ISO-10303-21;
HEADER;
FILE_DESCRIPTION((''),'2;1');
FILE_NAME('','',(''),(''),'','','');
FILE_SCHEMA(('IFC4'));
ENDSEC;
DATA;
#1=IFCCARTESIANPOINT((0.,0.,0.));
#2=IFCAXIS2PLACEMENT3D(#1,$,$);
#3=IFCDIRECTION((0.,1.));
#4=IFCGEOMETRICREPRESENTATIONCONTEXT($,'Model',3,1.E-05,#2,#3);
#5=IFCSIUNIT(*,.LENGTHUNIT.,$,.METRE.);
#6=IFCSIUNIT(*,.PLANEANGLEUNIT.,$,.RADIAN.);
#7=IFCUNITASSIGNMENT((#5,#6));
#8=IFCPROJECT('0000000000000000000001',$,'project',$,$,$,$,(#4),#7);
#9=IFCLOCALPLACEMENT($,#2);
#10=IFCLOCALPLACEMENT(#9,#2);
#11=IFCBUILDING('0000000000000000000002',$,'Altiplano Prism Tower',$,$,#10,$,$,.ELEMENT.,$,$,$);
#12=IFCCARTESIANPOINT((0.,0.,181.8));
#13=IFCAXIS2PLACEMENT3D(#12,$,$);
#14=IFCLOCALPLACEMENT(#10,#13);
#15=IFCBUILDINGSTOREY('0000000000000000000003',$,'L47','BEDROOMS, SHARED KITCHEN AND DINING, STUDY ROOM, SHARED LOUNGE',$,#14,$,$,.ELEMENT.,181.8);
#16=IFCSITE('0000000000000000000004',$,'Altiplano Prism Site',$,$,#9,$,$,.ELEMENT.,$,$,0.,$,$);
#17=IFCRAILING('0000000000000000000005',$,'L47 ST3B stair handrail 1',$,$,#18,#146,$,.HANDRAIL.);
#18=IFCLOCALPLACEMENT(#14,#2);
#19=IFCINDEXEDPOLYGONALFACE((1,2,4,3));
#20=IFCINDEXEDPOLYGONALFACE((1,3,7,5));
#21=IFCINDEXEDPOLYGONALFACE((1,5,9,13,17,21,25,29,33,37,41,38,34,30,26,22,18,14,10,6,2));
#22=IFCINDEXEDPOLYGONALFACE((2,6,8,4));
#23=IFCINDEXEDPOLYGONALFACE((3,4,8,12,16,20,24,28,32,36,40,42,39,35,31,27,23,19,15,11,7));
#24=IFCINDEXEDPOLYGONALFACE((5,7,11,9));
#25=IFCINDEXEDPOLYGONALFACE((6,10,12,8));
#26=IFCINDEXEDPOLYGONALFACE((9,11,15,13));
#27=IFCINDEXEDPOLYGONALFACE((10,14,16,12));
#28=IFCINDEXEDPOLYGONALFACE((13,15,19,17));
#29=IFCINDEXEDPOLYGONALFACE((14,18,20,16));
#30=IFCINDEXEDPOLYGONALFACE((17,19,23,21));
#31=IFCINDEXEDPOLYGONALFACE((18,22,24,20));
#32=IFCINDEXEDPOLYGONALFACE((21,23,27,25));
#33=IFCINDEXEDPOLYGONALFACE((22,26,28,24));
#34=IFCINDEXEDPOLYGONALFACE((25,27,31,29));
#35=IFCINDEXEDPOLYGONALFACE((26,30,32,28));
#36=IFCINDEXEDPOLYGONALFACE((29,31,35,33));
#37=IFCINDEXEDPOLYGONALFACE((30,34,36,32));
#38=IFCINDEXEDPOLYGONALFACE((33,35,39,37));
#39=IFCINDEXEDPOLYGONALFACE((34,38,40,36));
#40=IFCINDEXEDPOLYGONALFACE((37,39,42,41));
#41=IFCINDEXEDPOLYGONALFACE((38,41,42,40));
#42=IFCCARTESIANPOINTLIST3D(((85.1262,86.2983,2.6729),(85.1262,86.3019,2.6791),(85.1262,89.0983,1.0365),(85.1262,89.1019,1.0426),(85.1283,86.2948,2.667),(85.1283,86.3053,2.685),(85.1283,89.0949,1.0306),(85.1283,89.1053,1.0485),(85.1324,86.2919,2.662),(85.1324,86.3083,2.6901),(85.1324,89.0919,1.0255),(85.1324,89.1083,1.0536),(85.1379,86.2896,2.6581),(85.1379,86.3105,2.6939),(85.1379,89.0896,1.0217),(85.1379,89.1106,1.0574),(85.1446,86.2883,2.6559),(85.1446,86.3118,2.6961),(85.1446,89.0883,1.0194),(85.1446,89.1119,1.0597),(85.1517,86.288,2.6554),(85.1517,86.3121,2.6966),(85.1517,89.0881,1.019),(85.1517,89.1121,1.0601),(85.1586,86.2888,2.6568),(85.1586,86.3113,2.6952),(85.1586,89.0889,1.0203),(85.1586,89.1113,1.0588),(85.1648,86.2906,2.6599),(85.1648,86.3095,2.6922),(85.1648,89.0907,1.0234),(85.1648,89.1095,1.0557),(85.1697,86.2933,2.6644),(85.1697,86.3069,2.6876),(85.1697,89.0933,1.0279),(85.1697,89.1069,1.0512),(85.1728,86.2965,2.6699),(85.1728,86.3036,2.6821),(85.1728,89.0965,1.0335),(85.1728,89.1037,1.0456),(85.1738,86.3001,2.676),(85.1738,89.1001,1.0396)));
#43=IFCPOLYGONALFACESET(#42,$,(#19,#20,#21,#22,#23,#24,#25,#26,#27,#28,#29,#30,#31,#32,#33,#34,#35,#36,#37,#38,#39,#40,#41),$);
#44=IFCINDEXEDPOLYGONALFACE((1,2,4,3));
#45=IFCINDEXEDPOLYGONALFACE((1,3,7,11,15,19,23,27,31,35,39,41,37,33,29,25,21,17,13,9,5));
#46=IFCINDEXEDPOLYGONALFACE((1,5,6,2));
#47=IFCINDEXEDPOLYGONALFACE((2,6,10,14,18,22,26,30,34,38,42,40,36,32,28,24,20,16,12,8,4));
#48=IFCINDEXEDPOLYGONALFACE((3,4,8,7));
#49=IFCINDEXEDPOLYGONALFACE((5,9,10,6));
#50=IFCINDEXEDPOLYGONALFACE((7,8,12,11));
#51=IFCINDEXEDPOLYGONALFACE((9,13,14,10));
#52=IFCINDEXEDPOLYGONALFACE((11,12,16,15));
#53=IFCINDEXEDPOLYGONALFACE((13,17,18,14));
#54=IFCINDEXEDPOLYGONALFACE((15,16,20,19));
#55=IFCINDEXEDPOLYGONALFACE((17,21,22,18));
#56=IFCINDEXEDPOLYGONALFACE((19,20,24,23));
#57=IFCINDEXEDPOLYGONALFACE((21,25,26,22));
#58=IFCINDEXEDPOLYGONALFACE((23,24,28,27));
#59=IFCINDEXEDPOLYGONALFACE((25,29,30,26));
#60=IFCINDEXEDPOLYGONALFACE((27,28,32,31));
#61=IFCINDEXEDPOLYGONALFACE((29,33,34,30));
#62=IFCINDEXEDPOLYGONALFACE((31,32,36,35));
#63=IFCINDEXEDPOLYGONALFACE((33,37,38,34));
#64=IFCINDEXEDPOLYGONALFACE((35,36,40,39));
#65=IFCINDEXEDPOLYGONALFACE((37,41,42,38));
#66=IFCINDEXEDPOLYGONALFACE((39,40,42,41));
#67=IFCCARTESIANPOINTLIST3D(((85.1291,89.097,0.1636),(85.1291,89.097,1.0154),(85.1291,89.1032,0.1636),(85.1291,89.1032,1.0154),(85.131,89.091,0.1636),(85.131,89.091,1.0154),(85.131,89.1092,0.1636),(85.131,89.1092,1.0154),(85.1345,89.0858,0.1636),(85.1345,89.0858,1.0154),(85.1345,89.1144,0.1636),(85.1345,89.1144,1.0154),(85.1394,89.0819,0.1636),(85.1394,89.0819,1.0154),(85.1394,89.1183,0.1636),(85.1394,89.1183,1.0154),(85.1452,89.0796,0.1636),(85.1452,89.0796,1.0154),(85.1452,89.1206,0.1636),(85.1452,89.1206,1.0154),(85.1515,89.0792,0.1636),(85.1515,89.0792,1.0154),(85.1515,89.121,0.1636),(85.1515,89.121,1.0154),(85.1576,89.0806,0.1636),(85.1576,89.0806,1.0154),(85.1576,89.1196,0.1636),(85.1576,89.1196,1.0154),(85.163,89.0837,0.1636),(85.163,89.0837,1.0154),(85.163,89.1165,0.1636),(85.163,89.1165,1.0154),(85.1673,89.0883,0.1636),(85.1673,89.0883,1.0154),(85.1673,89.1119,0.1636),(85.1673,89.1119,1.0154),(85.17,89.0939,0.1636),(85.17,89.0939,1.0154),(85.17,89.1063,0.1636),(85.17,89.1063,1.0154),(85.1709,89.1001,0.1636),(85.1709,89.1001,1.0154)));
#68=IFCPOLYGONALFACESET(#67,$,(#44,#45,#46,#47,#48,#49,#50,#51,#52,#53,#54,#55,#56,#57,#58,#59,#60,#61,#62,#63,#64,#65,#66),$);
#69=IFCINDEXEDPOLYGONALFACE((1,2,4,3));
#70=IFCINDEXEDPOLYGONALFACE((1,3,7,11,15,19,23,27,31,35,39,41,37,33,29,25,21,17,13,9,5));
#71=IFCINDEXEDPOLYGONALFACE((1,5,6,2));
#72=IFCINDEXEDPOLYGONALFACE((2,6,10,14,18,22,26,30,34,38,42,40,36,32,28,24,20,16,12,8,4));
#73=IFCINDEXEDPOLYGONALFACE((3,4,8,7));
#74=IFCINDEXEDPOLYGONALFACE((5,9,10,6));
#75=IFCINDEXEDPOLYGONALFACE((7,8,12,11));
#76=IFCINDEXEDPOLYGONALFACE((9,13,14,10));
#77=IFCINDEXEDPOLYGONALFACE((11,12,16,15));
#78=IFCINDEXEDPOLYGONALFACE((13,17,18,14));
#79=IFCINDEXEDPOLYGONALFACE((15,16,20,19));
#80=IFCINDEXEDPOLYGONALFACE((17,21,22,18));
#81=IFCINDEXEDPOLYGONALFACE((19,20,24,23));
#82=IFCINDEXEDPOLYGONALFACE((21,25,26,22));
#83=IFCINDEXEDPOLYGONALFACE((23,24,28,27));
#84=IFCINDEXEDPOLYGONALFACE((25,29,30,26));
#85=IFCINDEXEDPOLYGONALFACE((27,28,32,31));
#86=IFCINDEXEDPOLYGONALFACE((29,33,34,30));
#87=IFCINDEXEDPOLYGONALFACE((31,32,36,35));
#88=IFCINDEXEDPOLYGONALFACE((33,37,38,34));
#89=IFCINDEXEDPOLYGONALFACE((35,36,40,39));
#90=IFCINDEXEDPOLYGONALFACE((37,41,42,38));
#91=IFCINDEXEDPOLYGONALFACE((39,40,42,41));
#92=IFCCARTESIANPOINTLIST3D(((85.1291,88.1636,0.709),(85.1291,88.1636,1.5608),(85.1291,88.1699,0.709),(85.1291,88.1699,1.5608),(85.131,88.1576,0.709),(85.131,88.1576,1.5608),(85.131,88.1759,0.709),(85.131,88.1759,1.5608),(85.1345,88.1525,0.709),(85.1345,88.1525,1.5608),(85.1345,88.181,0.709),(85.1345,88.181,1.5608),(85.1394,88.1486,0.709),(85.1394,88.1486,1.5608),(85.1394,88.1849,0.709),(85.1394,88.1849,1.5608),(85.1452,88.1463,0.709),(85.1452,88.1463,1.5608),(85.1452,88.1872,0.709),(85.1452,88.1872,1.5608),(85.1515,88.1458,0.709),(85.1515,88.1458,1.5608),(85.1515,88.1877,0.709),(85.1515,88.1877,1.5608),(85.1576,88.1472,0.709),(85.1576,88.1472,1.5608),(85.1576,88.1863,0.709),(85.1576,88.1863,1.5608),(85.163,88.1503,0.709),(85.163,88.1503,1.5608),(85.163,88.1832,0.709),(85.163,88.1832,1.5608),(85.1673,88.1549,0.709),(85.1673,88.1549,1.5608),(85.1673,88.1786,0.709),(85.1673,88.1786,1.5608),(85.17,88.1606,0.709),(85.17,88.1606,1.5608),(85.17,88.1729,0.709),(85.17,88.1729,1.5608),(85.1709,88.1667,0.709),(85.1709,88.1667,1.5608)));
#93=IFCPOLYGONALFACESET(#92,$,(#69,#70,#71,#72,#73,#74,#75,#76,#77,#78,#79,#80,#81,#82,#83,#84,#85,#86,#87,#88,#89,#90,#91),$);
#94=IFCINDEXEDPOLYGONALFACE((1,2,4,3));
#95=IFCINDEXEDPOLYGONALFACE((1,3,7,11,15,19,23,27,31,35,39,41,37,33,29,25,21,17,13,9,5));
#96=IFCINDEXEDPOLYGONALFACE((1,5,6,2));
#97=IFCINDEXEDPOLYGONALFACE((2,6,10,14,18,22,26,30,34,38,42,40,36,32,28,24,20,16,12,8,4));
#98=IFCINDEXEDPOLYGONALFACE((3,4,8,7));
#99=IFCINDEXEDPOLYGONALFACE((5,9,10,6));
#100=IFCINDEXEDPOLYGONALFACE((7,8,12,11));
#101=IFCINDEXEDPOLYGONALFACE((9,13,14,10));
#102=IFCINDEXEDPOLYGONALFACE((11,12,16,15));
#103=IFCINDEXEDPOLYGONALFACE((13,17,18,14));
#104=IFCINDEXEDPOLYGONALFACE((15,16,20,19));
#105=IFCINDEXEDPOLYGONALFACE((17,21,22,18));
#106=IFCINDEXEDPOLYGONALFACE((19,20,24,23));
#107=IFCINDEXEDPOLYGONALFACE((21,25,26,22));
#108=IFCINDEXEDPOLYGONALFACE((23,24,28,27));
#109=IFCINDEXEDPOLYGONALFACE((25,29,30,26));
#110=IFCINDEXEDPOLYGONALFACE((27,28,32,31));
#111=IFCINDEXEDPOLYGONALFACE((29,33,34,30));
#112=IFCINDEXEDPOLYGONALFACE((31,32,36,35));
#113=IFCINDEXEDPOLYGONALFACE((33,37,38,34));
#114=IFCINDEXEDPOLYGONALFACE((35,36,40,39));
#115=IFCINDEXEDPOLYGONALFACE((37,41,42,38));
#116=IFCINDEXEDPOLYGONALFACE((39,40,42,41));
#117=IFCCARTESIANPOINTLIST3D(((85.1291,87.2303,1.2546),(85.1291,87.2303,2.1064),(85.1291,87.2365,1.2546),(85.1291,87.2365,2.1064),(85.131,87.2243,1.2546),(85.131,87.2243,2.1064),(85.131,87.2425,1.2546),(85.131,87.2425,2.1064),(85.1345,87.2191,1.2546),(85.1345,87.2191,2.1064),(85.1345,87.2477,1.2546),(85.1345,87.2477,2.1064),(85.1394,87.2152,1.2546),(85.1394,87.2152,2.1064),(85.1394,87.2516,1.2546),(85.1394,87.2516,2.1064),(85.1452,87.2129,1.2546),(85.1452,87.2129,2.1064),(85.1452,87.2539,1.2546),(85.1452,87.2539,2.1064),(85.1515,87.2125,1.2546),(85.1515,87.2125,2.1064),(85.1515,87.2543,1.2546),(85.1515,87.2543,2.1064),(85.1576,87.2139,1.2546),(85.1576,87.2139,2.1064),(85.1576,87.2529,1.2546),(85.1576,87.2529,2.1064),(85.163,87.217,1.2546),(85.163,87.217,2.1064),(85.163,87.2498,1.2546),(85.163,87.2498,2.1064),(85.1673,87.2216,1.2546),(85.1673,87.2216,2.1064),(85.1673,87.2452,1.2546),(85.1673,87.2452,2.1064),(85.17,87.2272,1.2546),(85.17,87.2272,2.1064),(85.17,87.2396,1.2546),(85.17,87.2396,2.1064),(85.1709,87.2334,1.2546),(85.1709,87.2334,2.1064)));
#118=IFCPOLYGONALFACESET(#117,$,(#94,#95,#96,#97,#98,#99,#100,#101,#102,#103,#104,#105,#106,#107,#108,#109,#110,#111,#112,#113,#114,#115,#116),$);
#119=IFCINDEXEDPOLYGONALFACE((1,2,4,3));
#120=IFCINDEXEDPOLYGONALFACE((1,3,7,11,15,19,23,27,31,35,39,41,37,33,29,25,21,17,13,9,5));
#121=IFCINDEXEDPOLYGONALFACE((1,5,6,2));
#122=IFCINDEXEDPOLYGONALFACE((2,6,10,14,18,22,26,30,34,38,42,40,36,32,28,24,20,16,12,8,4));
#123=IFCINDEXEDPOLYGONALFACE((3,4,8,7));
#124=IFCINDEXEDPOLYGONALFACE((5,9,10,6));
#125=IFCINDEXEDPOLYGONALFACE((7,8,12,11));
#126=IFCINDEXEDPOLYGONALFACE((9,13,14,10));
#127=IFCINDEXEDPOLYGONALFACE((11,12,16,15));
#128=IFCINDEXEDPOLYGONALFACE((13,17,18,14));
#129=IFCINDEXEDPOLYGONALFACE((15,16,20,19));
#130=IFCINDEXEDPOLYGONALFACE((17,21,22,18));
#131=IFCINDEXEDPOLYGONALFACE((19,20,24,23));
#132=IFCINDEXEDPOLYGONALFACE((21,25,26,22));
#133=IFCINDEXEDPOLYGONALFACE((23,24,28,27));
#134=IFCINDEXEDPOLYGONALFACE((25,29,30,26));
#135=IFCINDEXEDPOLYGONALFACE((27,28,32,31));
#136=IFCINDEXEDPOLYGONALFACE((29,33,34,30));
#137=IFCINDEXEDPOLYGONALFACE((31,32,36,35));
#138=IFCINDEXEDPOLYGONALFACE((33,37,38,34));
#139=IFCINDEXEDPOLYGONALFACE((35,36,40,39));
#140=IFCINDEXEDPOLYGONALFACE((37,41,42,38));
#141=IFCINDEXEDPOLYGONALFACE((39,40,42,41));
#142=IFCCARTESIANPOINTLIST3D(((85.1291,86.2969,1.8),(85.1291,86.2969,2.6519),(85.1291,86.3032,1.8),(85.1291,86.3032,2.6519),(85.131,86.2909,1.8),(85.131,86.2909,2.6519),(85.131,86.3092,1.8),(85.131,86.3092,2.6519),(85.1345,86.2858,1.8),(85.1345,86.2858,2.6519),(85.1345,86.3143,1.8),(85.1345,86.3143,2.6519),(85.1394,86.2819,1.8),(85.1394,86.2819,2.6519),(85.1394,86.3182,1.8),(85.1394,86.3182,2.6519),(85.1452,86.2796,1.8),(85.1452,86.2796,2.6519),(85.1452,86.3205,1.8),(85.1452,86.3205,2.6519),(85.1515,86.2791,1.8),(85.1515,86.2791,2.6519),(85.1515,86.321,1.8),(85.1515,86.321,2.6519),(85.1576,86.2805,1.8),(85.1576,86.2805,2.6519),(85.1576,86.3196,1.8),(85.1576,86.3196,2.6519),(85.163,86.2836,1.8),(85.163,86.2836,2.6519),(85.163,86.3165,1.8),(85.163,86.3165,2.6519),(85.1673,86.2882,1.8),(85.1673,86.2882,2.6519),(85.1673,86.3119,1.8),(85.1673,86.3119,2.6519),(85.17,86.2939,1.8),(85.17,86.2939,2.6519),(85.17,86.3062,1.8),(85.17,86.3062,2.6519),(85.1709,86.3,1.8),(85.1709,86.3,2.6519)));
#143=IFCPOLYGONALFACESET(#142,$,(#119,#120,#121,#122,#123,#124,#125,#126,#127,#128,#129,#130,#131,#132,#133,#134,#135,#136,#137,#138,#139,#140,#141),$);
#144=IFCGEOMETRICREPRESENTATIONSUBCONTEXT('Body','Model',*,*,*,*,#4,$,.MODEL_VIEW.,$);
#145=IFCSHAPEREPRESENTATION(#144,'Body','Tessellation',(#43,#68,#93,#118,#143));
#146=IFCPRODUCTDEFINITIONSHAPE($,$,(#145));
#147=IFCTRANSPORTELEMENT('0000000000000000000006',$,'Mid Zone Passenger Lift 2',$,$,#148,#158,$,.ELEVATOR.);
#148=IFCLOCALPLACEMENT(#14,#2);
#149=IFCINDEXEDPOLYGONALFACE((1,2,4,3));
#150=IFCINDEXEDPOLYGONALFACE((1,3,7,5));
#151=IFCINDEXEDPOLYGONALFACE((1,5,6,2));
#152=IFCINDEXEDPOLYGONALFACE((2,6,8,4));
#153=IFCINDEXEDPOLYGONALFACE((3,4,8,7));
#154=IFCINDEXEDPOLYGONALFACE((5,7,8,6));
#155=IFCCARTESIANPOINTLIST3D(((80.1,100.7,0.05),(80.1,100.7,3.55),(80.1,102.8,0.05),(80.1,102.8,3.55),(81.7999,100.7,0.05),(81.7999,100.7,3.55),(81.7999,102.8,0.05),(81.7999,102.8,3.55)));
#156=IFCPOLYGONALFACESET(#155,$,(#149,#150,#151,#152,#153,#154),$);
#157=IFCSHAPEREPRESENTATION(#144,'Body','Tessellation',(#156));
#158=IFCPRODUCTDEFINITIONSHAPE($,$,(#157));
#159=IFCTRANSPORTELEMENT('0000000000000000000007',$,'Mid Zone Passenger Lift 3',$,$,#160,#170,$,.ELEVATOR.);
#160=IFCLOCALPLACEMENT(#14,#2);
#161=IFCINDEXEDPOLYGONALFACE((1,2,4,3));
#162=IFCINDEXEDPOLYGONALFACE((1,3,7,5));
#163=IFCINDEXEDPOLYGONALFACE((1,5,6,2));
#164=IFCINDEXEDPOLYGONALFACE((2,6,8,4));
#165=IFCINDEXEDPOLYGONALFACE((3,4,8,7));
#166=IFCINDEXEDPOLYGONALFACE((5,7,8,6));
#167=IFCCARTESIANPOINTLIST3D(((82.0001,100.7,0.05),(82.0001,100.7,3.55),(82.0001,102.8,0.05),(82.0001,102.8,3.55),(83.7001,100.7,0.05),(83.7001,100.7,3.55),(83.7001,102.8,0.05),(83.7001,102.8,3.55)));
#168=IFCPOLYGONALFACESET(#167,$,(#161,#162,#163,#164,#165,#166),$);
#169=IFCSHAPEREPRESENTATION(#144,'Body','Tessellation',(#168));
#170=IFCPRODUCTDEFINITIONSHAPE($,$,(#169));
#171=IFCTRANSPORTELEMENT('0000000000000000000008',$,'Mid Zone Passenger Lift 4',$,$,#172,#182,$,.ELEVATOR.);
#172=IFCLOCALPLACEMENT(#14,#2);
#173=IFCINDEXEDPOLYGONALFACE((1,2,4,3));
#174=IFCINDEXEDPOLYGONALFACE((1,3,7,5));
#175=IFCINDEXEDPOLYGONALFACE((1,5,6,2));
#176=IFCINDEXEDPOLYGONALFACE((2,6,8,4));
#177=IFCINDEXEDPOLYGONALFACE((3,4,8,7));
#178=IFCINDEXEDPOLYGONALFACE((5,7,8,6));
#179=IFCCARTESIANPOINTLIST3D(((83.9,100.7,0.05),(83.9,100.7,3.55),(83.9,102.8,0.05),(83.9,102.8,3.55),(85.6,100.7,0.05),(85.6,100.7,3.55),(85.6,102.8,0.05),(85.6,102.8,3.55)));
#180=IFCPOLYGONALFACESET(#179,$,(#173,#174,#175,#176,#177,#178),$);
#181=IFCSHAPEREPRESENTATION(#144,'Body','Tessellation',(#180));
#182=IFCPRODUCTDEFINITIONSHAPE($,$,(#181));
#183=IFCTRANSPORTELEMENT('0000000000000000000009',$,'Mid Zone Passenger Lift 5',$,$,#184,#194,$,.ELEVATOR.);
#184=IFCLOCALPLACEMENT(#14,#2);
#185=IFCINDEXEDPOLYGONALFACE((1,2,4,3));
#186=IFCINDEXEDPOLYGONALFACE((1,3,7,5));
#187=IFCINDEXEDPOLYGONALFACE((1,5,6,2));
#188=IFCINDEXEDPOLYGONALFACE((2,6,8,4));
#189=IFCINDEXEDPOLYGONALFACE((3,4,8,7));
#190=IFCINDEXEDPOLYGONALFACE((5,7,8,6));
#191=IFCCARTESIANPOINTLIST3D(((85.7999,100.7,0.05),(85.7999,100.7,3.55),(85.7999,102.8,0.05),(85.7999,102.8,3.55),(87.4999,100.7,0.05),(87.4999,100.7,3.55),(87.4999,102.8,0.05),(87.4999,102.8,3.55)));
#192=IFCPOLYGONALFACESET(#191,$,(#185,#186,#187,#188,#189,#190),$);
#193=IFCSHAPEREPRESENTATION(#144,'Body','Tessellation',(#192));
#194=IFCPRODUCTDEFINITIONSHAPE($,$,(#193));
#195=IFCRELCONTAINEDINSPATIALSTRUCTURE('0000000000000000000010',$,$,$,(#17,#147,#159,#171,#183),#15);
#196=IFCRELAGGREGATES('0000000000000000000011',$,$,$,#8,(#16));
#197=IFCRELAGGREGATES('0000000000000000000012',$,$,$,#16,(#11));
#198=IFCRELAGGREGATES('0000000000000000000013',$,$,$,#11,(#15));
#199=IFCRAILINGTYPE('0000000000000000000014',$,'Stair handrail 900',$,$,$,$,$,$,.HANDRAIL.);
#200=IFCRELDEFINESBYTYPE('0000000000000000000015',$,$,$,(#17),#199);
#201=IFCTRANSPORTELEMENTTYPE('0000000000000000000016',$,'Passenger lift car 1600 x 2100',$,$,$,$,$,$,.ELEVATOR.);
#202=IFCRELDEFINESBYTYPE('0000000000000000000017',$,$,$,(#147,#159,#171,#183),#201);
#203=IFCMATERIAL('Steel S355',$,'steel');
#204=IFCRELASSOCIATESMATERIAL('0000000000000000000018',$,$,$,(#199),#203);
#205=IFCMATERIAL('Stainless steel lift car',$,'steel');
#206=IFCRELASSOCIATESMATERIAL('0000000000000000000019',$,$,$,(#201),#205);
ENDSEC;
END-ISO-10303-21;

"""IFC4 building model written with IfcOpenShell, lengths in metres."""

from ifc_helpers import new_model, si_unit, direction, frame, origin, origin_2d, place, context, subcontext, project, spatial, rectangle, circle, extrude, material, type_object, element, save


model = new_model("IFC4")

# Units and contexts
model_context = context("Model", 3, precision=1e-05, world=origin(), true_north=direction((0.0, 1.0)))
body_context = subcontext(model_context, "Body", "Model", "MODEL_VIEW")
ifc_project = project(units=[si_unit("LENGTHUNIT", "METRE"), si_unit("PLANEANGLEUNIT", "RADIAN")], contexts=[model_context])

# Site, building, storey
site_placement = place(None, origin())
site = spatial("IfcSite", under=ifc_project, at=site_placement, Name="Altiplano Prism Site", CompositionType="ELEMENT", RefElevation=0.0)
building_placement = place(site_placement, origin())
building = spatial("IfcBuilding", under=site, at=building_placement, Name="Altiplano Prism Tower", CompositionType="ELEMENT")
storey_placement = place(building_placement, frame((0.0, 0.0, 181.8)))
storey = spatial("IfcBuildingStorey", under=building, at=storey_placement, Name="L47", Description="BEDROOMS, SHARED KITCHEN AND DINING, STUDY ROOM, SHARED LOUNGE", CompositionType="ELEMENT", Elevation=181.8)

# Railing
ifc_material_1 = material(Name="Steel S355", Category="steel")
railing_type_1 = type_object("IfcRailingType", Name="Stair handrail 900", PredefinedType="HANDRAIL", material=ifc_material_1)
for number, where, name in (
    (1, (85.1499, 89.1001, 0.1636), "L47 ST3B stair handrail 1"),
):
    element("IfcRailing", number, at=place(storey_placement, frame(where)), inside=storey, type_object=railing_type_1, Name=name, PredefinedType="HANDRAIL", context=body_context, shape_type="SweptSolid", body=[
        extrude(circle(Radius=0.0239, at=origin_2d()), frame((0.0, 0.0, 0.876), z_axis=(0.0, -0.863361, 0.504587), x_axis=(1.0, 0.0, 0.0)), (0.0, 0.0, 1.0), 3.2432),
        extrude(circle(Radius=0.021, at=origin_2d()), origin(), (0.0, 0.0, 1.0), 0.8518),
        extrude(circle(Radius=0.021, at=origin_2d()), frame((0.0, -0.9333, 0.5454)), (0.0, 0.0, 1.0), 0.8518),
        extrude(circle(Radius=0.021, at=origin_2d()), frame((0.0, -1.8667, 1.0911)), (0.0, 0.0, 1.0), 0.8518),
        extrude(circle(Radius=0.021, at=origin_2d()), frame((0.0, -2.8, 1.6365)), (0.0, 0.0, 1.0), 0.8518),
    ])

# Transport elements
ifc_material_2 = material(Name="Stainless steel lift car", Category="steel")
transport_element_type = type_object("IfcTransportElementType", Name="Passenger lift car 1600 x 2100", PredefinedType="ELEVATOR", material=ifc_material_2)
for number, where, z_axis, x_axis, name in (
    (2, (80.95, 101.75, 0.05), (0.0, 0.0, 1.0), (1.0, 0.0, 0.0), "Mid Zone Passenger Lift 2"),
    (3, (82.8501, 101.75, 0.05), (0.0, 0.0, 1.0), (1.0, 0.0, 0.0), "Mid Zone Passenger Lift 3"),
    (4, (84.75, 101.75, 0.05), (0.0, 0.0, 1.0), (1.0, 0.0, 0.0), "Mid Zone Passenger Lift 4"),
    (5, (86.6499, 101.75, 0.05), (0.0, 0.0, 1.0), (1.0, 0.0, 0.0), "Mid Zone Passenger Lift 5"),
):
    element("IfcTransportElement", number, at=place(storey_placement, frame(where, z_axis=z_axis, x_axis=x_axis)), inside=storey, type_object=transport_element_type, Name=name, PredefinedType="ELEVATOR", context=body_context, shape_type="SweptSolid", body=[
        extrude(rectangle(XDim=1.7, YDim=2.1001, at=origin_2d()), origin(), (0.0, 0.0, 1.0), 3.5),
    ])

save(model, "model.ifc")
